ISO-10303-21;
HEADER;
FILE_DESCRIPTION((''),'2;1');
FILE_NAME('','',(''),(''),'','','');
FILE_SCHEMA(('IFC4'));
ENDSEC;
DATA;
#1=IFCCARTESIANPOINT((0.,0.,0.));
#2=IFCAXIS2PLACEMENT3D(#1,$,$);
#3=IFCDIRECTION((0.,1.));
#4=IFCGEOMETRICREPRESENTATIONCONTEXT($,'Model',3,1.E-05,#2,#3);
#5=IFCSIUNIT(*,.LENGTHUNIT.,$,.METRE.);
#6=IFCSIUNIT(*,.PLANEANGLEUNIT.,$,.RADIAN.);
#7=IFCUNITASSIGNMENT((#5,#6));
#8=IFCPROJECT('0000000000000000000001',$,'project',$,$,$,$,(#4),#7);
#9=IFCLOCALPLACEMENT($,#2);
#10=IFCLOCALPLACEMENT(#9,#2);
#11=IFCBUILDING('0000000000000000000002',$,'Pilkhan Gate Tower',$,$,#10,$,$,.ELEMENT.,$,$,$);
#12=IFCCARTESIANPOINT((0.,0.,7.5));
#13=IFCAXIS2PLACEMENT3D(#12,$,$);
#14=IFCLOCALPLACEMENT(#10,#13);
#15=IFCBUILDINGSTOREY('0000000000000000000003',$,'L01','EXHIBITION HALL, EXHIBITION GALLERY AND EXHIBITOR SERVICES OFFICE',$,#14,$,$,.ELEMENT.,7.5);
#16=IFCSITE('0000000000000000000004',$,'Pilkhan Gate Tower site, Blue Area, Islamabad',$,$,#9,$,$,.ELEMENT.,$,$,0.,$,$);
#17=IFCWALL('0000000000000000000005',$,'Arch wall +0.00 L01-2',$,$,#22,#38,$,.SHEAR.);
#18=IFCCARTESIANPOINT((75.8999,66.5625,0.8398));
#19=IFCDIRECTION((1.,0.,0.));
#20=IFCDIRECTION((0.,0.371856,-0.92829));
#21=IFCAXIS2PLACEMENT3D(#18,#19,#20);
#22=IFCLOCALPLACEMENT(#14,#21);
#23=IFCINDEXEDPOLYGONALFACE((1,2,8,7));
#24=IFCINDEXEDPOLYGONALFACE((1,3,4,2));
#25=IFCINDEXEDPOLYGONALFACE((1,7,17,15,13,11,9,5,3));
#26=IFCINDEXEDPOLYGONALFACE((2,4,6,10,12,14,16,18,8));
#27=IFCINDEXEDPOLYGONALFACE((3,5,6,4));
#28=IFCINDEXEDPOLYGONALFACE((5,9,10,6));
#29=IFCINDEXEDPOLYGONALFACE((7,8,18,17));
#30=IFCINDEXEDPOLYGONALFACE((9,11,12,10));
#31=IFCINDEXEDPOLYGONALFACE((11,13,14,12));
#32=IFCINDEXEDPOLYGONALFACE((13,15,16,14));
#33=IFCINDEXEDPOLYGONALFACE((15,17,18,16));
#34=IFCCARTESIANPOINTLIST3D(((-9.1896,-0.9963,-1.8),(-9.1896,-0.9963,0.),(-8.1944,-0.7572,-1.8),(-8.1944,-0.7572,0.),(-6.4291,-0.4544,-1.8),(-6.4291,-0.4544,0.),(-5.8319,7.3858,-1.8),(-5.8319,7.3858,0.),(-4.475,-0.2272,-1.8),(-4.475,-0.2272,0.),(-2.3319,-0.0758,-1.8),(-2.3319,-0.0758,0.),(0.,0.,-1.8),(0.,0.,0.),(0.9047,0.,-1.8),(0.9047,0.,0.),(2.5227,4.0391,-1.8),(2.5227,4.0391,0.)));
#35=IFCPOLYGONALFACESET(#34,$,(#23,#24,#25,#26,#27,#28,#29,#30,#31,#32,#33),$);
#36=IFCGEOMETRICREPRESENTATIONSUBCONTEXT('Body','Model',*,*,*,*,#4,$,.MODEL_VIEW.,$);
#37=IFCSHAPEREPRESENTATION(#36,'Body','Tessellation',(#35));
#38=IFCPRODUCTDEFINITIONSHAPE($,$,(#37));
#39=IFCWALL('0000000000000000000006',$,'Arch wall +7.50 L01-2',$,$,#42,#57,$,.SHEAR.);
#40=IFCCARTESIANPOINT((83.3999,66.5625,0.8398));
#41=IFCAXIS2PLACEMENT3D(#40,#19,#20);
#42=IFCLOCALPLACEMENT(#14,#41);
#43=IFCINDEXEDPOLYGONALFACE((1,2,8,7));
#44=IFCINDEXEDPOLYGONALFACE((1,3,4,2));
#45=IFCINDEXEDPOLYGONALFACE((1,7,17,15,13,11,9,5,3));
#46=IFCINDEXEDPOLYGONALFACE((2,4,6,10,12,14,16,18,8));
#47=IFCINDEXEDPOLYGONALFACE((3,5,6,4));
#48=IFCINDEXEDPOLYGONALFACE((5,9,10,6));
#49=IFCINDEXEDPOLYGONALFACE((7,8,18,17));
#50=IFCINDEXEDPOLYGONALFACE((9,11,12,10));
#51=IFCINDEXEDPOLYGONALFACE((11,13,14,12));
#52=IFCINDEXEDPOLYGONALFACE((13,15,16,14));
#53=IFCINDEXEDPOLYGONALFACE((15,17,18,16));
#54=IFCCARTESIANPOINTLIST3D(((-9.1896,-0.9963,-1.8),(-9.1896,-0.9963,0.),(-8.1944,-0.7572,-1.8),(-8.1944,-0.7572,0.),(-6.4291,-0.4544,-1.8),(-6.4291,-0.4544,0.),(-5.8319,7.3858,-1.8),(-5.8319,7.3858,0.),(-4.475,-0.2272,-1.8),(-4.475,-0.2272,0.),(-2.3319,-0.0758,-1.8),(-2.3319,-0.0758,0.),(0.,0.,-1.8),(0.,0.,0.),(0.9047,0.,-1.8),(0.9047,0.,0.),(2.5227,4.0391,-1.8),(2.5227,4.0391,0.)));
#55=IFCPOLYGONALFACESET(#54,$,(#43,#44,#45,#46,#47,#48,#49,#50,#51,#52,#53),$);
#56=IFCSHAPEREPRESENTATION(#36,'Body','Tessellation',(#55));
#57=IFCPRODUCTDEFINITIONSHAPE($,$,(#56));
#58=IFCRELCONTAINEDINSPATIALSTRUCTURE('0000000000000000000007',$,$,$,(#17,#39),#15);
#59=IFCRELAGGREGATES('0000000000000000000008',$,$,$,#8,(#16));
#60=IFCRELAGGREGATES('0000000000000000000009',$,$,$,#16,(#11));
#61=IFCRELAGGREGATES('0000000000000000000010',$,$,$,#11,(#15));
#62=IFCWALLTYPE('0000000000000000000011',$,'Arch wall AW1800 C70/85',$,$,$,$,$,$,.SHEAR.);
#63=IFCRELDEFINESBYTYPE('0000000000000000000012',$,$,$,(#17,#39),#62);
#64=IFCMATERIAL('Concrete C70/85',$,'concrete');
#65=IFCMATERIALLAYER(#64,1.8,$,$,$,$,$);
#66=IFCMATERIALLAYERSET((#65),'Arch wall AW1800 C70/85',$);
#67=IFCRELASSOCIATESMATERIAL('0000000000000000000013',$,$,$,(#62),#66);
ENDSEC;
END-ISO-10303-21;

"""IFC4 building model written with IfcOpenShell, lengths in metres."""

from ifc_helpers import new_model, si_unit, direction, frame, origin, place, context, subcontext, project, spatial, polyline, outline, extrude, material, layer, layer_set, type_object, element, save


model = new_model("IFC4")

# Units and contexts
model_context = context("Model", 3, precision=1e-05, world=origin(), true_north=direction((0.0, 1.0)))
body_context = subcontext(model_context, "Body", "Model", "MODEL_VIEW")
ifc_project = project(units=[si_unit("LENGTHUNIT", "METRE"), si_unit("PLANEANGLEUNIT", "RADIAN")], contexts=[model_context])

# Site, building, storey
site_placement = place(None, origin())
site = spatial("IfcSite", under=ifc_project, at=site_placement, Name="Pilkhan Gate Tower site, Blue Area, Islamabad", CompositionType="ELEMENT", RefElevation=0.0)
building_placement = place(site_placement, origin())
building = spatial("IfcBuilding", under=site, at=building_placement, Name="Pilkhan Gate Tower", CompositionType="ELEMENT")
storey_placement = place(building_placement, frame((0.0, 0.0, 7.5)))
storey = spatial("IfcBuildingStorey", under=building, at=storey_placement, Name="L01", Description="EXHIBITION HALL, EXHIBITION GALLERY AND EXHIBITOR SERVICES OFFICE", CompositionType="ELEMENT", Elevation=7.5)

# Shared definitions
ifc_material_1 = material(Name="Concrete C70/85", Category="concrete")

# Walls
ifc_layer_1 = layer(ifc_material_1, 1.8)
ifc_layer_set_1 = layer_set([ifc_layer_1], Name="Arch wall AW1800 C70/85")
wall_type_1 = type_object("IfcWallType", Name="Arch wall AW1800 C70/85", PredefinedType="SHEAR", material=ifc_layer_set_1)
for number, where, z_axis, x_axis, name in (
    (1, (75.8999, 66.5625, 0.8398), (1.0, 0.0, 0.0), (0.0, 0.371856, -0.92829), "Arch wall +0.00 L01-2"),
    (2, (83.3999, 66.5625, 0.8398), (1.0, 0.0, 0.0), (0.0, 0.371856, -0.92829), "Arch wall +7.50 L01-2"),
):
    element("IfcWall", number, at=place(storey_placement, frame(where, z_axis=z_axis, x_axis=x_axis)), inside=storey, type_object=wall_type_1, Name=name, PredefinedType="SHEAR", context=body_context, shape_type="SweptSolid", body=[
        extrude(outline(polyline([(0.0, 0.0), (0.9047, 0.0), (2.5227, 4.0391), (-5.8319, 7.3858), (-9.1896, -0.9963), (-8.1944, -0.7572), (-6.4291, -0.4544), (-4.475, -0.2272), (-2.3319, -0.0758), (0.0, 0.0)])), origin(), (0.0, 0.0, -1.0), 1.8),
    ])

save(model, "model.ifc")
